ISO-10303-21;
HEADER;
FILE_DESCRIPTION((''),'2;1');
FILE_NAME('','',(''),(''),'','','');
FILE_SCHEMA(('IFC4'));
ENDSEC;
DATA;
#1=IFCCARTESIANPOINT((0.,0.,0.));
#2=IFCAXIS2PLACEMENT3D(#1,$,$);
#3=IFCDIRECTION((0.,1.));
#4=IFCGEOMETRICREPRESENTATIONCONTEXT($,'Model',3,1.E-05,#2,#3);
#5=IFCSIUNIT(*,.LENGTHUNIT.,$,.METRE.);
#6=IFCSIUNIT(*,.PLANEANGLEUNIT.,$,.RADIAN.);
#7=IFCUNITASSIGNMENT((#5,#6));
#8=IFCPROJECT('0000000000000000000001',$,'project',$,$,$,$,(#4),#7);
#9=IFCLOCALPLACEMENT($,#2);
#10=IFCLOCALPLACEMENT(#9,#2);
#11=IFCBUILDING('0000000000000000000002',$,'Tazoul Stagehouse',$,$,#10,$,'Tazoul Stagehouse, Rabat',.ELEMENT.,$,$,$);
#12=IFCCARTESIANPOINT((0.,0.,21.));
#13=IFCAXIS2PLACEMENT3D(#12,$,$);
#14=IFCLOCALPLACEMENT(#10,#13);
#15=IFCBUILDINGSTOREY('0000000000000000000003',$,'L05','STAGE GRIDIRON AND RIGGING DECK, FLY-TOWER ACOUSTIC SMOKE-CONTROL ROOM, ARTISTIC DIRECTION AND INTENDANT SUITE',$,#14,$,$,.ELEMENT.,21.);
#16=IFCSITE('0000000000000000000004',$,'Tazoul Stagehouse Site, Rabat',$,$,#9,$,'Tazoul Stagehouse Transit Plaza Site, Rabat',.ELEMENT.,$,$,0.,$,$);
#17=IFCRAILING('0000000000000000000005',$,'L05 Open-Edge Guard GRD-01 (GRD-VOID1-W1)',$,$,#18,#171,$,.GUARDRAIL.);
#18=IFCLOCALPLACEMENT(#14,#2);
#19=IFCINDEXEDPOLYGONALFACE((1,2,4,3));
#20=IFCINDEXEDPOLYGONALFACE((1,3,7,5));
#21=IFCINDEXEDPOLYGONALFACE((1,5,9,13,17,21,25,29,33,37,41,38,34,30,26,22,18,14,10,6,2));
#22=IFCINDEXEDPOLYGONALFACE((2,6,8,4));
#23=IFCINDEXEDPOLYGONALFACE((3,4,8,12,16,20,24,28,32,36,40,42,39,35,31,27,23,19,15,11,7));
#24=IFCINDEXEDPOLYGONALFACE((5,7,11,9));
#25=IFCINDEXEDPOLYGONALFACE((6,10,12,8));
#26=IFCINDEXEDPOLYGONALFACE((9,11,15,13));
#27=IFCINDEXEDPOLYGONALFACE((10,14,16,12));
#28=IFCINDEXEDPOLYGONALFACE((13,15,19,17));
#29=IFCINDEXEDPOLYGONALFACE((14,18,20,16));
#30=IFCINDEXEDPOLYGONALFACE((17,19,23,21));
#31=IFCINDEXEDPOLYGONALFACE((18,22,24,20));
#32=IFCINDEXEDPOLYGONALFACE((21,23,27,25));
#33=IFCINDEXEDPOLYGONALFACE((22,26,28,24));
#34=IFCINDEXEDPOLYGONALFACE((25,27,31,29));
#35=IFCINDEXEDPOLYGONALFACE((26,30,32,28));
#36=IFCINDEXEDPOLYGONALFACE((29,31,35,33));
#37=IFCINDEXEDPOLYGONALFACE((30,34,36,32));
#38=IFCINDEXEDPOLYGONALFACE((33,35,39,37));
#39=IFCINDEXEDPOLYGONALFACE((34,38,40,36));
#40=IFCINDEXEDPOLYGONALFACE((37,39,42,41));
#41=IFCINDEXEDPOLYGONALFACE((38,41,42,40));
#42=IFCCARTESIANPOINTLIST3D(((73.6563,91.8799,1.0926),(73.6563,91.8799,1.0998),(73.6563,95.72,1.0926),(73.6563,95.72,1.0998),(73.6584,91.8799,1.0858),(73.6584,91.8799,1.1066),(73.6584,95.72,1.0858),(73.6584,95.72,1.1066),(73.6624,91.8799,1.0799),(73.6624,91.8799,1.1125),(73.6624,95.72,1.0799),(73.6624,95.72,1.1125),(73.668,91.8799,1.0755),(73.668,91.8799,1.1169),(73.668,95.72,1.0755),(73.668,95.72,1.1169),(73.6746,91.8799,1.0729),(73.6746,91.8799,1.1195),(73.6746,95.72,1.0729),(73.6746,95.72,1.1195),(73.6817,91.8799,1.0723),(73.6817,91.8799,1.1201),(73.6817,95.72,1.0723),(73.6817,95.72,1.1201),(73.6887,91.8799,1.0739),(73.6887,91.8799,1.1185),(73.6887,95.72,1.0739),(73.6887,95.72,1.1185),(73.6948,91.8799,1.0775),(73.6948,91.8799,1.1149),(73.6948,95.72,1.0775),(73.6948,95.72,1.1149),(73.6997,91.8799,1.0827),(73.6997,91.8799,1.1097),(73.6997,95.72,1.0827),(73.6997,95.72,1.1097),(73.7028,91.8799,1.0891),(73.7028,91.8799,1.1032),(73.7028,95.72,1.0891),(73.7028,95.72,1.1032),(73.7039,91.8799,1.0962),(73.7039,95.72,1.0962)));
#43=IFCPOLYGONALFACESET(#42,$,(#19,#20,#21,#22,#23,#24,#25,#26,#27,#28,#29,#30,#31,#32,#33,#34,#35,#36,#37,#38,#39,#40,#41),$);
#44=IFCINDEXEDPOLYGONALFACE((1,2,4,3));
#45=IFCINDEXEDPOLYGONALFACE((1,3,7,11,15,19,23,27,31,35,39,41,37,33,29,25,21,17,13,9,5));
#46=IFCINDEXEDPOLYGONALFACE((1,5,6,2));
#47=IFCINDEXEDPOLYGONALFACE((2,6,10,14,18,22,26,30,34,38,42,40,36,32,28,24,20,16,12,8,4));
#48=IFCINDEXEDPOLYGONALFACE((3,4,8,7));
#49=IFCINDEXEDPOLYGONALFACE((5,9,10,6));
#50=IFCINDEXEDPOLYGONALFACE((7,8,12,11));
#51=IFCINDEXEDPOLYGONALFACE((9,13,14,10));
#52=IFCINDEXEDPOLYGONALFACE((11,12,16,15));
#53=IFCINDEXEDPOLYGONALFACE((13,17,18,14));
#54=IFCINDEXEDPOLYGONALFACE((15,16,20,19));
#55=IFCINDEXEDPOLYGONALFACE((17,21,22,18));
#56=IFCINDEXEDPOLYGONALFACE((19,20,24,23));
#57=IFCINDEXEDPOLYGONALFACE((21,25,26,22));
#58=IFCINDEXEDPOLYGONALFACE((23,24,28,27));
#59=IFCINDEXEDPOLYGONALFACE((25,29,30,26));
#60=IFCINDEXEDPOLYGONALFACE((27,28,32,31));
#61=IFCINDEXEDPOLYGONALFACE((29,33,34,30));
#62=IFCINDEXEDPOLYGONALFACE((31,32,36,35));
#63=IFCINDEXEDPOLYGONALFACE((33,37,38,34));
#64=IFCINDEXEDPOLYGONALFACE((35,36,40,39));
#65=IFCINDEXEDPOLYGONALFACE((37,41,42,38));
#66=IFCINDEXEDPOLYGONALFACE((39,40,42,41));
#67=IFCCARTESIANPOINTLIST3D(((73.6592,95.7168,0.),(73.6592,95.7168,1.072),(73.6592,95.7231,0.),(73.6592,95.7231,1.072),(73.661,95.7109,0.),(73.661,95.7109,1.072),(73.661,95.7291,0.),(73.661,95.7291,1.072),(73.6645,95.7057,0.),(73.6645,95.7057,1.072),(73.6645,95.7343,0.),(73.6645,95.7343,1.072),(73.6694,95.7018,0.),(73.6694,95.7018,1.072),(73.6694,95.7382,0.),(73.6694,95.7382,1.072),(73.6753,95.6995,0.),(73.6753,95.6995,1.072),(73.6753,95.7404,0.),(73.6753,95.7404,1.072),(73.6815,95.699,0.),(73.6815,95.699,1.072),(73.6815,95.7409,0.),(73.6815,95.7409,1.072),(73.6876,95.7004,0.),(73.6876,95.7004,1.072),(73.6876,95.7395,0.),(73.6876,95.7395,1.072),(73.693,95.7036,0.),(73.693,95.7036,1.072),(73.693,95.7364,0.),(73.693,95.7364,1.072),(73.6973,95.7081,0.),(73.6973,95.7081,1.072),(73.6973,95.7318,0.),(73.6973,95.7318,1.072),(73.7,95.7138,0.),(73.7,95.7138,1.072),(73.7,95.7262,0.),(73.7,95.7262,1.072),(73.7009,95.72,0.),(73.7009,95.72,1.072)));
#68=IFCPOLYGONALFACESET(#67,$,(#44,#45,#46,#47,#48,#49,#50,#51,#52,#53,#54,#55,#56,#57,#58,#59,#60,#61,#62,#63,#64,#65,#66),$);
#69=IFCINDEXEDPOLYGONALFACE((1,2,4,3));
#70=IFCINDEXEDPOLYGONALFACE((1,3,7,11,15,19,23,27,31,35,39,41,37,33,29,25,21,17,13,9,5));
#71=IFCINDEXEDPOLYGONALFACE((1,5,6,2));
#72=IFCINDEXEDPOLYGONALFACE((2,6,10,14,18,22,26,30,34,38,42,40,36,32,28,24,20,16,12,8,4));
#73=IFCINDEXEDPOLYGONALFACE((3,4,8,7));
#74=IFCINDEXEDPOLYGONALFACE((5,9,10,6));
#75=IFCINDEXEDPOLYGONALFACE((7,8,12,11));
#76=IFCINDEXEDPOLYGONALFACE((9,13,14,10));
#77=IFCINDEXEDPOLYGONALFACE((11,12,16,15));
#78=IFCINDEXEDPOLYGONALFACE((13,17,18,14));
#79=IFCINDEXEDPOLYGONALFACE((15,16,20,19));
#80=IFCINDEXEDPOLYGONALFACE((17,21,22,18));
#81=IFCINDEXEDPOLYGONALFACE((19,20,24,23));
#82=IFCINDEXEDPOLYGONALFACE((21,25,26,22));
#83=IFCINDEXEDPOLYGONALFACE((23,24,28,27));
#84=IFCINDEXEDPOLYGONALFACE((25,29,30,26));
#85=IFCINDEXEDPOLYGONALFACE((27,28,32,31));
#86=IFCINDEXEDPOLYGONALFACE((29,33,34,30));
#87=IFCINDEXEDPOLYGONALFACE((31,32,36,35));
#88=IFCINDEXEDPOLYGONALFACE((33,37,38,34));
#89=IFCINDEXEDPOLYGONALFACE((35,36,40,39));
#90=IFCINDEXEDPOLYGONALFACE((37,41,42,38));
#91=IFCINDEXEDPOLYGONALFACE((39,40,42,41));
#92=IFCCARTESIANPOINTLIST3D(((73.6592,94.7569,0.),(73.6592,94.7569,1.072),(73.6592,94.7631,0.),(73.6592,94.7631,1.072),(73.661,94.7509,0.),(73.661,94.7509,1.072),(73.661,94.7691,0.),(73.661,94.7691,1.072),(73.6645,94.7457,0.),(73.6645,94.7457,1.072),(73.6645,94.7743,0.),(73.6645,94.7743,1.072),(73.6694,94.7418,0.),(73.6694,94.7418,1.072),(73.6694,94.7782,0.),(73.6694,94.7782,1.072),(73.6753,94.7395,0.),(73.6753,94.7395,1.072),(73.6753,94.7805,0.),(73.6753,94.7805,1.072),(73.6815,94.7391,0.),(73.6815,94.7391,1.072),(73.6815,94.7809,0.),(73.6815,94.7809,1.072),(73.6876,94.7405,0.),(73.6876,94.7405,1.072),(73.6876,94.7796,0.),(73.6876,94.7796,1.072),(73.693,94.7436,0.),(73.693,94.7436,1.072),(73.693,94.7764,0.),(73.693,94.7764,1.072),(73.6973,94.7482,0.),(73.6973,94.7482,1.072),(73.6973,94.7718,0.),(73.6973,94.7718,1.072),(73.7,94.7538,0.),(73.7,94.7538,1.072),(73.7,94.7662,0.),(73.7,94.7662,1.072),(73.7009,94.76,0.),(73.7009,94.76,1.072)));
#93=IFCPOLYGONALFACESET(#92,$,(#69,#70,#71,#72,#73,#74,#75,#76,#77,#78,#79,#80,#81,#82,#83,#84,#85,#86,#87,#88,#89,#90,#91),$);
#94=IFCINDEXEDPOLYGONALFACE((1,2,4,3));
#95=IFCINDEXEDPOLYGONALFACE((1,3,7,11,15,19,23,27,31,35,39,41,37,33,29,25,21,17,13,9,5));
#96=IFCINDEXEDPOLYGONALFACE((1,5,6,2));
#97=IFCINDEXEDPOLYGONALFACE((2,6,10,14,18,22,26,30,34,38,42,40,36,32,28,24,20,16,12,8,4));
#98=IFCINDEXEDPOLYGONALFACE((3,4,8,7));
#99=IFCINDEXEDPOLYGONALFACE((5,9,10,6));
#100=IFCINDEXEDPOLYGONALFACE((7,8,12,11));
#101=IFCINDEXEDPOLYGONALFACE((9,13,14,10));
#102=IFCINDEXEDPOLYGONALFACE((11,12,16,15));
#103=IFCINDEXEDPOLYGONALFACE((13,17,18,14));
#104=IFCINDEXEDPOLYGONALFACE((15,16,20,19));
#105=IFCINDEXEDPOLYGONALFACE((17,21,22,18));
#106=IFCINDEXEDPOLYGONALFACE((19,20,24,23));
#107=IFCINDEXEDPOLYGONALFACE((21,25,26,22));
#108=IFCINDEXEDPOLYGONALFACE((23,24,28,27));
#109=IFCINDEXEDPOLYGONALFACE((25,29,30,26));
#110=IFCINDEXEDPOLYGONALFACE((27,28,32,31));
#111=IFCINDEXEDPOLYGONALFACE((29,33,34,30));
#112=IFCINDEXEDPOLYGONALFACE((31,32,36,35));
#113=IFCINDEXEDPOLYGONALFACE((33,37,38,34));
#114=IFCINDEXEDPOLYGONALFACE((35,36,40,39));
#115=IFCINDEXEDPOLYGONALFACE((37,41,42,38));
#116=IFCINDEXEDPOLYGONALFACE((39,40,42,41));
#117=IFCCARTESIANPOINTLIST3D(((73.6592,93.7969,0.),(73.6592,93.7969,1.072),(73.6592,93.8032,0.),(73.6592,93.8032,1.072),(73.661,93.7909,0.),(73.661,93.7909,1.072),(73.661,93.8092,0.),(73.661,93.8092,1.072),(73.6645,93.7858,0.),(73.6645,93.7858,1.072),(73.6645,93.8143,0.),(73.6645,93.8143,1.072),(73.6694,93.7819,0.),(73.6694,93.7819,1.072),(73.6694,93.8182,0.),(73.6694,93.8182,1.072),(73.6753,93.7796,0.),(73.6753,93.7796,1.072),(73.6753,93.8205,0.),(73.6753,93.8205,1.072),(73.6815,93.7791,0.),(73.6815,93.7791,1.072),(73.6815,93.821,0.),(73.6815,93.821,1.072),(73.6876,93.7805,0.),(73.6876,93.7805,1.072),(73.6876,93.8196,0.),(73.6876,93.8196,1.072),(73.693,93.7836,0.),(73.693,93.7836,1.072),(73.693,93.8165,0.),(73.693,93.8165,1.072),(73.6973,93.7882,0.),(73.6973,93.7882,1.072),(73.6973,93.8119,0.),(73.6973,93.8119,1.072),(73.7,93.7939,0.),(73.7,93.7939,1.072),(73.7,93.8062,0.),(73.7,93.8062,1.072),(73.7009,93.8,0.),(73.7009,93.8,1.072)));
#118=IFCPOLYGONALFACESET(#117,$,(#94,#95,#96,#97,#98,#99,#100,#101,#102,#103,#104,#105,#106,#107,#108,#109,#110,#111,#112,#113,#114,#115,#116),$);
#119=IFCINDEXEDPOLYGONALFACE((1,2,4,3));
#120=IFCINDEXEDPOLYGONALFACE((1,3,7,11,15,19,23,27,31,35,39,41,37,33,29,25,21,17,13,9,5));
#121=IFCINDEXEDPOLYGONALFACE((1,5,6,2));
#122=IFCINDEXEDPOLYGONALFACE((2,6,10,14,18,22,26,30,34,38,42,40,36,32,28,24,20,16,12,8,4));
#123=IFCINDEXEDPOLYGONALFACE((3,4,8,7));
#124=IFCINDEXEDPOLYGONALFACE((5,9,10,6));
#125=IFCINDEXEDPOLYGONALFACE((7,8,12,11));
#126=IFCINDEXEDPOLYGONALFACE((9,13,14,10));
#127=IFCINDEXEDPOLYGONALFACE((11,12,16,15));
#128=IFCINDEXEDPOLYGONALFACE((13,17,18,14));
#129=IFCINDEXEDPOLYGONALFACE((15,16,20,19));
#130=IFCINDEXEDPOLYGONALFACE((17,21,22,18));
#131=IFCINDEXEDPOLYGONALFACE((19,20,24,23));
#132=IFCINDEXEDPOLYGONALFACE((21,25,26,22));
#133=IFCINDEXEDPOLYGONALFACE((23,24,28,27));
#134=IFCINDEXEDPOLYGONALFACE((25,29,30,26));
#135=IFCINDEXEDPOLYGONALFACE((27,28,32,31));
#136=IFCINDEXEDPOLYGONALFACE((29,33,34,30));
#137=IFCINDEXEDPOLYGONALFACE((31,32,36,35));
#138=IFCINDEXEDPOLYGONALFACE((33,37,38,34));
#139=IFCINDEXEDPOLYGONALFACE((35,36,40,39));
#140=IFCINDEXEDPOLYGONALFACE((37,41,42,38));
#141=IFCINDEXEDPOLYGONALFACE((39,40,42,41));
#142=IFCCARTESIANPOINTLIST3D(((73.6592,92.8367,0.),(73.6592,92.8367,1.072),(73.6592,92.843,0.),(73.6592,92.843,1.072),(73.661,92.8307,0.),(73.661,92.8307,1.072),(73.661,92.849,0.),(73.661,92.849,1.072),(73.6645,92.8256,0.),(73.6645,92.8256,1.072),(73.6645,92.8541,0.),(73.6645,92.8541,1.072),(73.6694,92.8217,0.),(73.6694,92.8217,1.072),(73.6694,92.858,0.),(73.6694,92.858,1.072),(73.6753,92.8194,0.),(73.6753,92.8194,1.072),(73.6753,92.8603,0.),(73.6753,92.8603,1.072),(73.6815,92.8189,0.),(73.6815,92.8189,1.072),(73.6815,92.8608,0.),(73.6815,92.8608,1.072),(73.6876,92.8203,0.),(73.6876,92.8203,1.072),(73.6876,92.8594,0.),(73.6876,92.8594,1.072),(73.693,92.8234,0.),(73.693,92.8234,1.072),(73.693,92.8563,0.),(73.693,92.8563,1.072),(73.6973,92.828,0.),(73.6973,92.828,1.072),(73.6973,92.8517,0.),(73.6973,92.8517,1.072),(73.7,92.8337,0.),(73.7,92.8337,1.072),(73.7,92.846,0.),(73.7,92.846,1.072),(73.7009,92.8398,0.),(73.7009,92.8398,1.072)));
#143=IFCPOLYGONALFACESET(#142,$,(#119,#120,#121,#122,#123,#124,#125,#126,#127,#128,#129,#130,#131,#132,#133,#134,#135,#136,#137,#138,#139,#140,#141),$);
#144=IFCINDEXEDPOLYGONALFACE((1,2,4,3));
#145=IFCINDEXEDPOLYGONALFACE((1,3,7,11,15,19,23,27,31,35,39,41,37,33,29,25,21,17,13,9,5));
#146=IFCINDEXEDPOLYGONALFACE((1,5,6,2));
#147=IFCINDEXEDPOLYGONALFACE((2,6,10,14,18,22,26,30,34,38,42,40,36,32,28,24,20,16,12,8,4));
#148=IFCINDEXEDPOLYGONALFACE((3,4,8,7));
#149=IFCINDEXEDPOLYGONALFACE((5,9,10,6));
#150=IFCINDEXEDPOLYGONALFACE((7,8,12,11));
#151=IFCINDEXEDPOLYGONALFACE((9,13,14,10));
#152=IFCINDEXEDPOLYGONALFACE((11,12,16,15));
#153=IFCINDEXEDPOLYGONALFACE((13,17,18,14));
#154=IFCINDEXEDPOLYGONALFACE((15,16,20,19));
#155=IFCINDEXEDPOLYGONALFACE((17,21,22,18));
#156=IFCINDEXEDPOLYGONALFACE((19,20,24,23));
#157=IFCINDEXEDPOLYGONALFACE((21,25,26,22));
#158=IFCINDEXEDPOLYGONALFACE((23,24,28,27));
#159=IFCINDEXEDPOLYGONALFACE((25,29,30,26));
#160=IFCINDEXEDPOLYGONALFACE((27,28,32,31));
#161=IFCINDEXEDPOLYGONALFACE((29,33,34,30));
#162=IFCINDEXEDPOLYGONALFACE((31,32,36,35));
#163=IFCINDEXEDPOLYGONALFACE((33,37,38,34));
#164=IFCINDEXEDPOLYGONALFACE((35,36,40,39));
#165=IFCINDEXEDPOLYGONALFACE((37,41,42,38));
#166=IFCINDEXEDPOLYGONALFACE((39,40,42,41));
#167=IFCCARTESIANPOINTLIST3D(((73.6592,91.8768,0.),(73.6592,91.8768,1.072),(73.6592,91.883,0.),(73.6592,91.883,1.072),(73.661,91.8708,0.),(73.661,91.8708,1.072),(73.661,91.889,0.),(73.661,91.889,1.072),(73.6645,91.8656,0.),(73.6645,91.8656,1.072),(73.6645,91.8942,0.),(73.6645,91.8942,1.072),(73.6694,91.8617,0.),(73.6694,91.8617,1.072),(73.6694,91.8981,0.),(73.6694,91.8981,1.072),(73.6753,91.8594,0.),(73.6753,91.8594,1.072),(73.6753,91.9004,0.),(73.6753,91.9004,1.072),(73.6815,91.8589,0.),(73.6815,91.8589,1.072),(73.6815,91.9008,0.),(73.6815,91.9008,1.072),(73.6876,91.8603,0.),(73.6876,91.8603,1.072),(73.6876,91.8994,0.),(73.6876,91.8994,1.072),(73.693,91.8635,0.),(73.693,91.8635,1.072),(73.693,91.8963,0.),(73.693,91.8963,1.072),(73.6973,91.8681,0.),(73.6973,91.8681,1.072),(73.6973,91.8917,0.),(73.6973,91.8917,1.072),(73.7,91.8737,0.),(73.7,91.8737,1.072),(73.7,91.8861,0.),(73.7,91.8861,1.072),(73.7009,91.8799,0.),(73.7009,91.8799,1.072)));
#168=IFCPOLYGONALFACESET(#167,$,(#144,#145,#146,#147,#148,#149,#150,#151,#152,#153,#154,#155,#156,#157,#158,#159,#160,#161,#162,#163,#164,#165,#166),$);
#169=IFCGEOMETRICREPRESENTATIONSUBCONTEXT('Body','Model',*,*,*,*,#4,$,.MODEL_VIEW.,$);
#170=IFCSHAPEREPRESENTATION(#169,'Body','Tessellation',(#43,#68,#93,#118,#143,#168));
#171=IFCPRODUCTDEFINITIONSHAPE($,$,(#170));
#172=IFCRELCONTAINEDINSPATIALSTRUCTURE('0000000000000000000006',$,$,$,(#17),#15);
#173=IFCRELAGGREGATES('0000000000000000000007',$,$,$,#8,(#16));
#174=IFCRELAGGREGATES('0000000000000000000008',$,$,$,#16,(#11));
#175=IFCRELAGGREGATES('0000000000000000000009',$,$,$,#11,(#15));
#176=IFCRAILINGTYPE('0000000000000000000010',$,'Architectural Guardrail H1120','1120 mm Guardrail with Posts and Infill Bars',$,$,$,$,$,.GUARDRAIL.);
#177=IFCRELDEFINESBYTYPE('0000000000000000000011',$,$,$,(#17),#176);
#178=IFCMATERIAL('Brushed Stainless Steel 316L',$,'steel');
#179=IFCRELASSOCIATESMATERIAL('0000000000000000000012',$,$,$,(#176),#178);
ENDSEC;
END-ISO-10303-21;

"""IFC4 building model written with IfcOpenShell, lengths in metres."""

from ifc_helpers import new_model, si_unit, direction, frame, origin, origin_2d, place, context, subcontext, project, spatial, circle, extrude, material, material_profile, profile_set, type_object, element, save


model = new_model("IFC4")

# Units and contexts
model_context = context("Model", 3, precision=1e-05, world=origin(), true_north=direction((0.0, 1.0)))
body_context = subcontext(model_context, "Body", "Model", "MODEL_VIEW")
ifc_project = project(units=[si_unit("LENGTHUNIT", "METRE"), si_unit("PLANEANGLEUNIT", "RADIAN")], contexts=[model_context])

# Site, building, storey
site_placement = place(None, origin())
site = spatial("IfcSite", under=ifc_project, at=site_placement, Name="Tazoul Stagehouse Site, Rabat", LongName="Tazoul Stagehouse Transit Plaza Site, Rabat", CompositionType="ELEMENT", RefElevation=0.0)
building_placement = place(site_placement, origin())
building = spatial("IfcBuilding", under=site, at=building_placement, Name="Tazoul Stagehouse", LongName="Tazoul Stagehouse, Rabat", CompositionType="ELEMENT")
storey_placement = place(building_placement, frame((0.0, 0.0, 21.0)))
storey = spatial("IfcBuildingStorey", under=building, at=storey_placement, Name="L05", Description="STAGE GRIDIRON AND RIGGING DECK, FLY-TOWER ACOUSTIC SMOKE-CONTROL ROOM, ARTISTIC DIRECTION AND INTENDANT SUITE", CompositionType="ELEMENT", Elevation=21.0)

# Railing
ifc_material_1 = material(Name="Brushed Stainless Steel 316L", Category="steel")
ifc_material_profile_1 = material_profile(ifc_material_1, circle(Radius=0.0239, at=origin_2d()), Name="SS RAIL D48")
ifc_profile_set_1 = profile_set([ifc_material_profile_1], Name="Brushed Stainless Steel 316L")
railing_type = type_object("IfcRailingType", Name="Architectural Guardrail H1120", Description="1120 mm Guardrail with Posts and Infill Bars", PredefinedType="GUARDRAIL", material=ifc_profile_set_1)
railing_1_placement = place(storey_placement, frame((73.6799, 95.72, 0.0)))
element("IfcRailing", 1, at=railing_1_placement, inside=storey, type_object=railing_type, Name="L05 Open-Edge Guard GRD-01 (GRD-VOID1-W1)", PredefinedType="GUARDRAIL", context=body_context, shape_type="SweptSolid", body=[
    extrude(circle(Radius=0.0239, at=origin_2d()), frame((0.0, 0.0, 1.0962), z_axis=(0.0, -1.0, 0.0), x_axis=(1.0, 0.0, 0.0)), (0.0, 0.0, 1.0), 3.8401),
    extrude(circle(Radius=0.021, at=origin_2d()), origin(), (0.0, 0.0, 1.0), 1.072),
    extrude(circle(Radius=0.021, at=origin_2d()), frame((0.0, -0.96, 0.0)), (0.0, 0.0, 1.0), 1.072),
    extrude(circle(Radius=0.021, at=origin_2d()), frame((0.0, -1.9199, 0.0)), (0.0, 0.0, 1.0), 1.072),
    extrude(circle(Radius=0.021, at=origin_2d()), frame((0.0, -2.8801, 0.0)), (0.0, 0.0, 1.0), 1.072),
    extrude(circle(Radius=0.021, at=origin_2d()), frame((0.0, -3.8401, 0.0)), (0.0, 0.0, 1.0), 1.072),
])

save(model, "model.ifc")
